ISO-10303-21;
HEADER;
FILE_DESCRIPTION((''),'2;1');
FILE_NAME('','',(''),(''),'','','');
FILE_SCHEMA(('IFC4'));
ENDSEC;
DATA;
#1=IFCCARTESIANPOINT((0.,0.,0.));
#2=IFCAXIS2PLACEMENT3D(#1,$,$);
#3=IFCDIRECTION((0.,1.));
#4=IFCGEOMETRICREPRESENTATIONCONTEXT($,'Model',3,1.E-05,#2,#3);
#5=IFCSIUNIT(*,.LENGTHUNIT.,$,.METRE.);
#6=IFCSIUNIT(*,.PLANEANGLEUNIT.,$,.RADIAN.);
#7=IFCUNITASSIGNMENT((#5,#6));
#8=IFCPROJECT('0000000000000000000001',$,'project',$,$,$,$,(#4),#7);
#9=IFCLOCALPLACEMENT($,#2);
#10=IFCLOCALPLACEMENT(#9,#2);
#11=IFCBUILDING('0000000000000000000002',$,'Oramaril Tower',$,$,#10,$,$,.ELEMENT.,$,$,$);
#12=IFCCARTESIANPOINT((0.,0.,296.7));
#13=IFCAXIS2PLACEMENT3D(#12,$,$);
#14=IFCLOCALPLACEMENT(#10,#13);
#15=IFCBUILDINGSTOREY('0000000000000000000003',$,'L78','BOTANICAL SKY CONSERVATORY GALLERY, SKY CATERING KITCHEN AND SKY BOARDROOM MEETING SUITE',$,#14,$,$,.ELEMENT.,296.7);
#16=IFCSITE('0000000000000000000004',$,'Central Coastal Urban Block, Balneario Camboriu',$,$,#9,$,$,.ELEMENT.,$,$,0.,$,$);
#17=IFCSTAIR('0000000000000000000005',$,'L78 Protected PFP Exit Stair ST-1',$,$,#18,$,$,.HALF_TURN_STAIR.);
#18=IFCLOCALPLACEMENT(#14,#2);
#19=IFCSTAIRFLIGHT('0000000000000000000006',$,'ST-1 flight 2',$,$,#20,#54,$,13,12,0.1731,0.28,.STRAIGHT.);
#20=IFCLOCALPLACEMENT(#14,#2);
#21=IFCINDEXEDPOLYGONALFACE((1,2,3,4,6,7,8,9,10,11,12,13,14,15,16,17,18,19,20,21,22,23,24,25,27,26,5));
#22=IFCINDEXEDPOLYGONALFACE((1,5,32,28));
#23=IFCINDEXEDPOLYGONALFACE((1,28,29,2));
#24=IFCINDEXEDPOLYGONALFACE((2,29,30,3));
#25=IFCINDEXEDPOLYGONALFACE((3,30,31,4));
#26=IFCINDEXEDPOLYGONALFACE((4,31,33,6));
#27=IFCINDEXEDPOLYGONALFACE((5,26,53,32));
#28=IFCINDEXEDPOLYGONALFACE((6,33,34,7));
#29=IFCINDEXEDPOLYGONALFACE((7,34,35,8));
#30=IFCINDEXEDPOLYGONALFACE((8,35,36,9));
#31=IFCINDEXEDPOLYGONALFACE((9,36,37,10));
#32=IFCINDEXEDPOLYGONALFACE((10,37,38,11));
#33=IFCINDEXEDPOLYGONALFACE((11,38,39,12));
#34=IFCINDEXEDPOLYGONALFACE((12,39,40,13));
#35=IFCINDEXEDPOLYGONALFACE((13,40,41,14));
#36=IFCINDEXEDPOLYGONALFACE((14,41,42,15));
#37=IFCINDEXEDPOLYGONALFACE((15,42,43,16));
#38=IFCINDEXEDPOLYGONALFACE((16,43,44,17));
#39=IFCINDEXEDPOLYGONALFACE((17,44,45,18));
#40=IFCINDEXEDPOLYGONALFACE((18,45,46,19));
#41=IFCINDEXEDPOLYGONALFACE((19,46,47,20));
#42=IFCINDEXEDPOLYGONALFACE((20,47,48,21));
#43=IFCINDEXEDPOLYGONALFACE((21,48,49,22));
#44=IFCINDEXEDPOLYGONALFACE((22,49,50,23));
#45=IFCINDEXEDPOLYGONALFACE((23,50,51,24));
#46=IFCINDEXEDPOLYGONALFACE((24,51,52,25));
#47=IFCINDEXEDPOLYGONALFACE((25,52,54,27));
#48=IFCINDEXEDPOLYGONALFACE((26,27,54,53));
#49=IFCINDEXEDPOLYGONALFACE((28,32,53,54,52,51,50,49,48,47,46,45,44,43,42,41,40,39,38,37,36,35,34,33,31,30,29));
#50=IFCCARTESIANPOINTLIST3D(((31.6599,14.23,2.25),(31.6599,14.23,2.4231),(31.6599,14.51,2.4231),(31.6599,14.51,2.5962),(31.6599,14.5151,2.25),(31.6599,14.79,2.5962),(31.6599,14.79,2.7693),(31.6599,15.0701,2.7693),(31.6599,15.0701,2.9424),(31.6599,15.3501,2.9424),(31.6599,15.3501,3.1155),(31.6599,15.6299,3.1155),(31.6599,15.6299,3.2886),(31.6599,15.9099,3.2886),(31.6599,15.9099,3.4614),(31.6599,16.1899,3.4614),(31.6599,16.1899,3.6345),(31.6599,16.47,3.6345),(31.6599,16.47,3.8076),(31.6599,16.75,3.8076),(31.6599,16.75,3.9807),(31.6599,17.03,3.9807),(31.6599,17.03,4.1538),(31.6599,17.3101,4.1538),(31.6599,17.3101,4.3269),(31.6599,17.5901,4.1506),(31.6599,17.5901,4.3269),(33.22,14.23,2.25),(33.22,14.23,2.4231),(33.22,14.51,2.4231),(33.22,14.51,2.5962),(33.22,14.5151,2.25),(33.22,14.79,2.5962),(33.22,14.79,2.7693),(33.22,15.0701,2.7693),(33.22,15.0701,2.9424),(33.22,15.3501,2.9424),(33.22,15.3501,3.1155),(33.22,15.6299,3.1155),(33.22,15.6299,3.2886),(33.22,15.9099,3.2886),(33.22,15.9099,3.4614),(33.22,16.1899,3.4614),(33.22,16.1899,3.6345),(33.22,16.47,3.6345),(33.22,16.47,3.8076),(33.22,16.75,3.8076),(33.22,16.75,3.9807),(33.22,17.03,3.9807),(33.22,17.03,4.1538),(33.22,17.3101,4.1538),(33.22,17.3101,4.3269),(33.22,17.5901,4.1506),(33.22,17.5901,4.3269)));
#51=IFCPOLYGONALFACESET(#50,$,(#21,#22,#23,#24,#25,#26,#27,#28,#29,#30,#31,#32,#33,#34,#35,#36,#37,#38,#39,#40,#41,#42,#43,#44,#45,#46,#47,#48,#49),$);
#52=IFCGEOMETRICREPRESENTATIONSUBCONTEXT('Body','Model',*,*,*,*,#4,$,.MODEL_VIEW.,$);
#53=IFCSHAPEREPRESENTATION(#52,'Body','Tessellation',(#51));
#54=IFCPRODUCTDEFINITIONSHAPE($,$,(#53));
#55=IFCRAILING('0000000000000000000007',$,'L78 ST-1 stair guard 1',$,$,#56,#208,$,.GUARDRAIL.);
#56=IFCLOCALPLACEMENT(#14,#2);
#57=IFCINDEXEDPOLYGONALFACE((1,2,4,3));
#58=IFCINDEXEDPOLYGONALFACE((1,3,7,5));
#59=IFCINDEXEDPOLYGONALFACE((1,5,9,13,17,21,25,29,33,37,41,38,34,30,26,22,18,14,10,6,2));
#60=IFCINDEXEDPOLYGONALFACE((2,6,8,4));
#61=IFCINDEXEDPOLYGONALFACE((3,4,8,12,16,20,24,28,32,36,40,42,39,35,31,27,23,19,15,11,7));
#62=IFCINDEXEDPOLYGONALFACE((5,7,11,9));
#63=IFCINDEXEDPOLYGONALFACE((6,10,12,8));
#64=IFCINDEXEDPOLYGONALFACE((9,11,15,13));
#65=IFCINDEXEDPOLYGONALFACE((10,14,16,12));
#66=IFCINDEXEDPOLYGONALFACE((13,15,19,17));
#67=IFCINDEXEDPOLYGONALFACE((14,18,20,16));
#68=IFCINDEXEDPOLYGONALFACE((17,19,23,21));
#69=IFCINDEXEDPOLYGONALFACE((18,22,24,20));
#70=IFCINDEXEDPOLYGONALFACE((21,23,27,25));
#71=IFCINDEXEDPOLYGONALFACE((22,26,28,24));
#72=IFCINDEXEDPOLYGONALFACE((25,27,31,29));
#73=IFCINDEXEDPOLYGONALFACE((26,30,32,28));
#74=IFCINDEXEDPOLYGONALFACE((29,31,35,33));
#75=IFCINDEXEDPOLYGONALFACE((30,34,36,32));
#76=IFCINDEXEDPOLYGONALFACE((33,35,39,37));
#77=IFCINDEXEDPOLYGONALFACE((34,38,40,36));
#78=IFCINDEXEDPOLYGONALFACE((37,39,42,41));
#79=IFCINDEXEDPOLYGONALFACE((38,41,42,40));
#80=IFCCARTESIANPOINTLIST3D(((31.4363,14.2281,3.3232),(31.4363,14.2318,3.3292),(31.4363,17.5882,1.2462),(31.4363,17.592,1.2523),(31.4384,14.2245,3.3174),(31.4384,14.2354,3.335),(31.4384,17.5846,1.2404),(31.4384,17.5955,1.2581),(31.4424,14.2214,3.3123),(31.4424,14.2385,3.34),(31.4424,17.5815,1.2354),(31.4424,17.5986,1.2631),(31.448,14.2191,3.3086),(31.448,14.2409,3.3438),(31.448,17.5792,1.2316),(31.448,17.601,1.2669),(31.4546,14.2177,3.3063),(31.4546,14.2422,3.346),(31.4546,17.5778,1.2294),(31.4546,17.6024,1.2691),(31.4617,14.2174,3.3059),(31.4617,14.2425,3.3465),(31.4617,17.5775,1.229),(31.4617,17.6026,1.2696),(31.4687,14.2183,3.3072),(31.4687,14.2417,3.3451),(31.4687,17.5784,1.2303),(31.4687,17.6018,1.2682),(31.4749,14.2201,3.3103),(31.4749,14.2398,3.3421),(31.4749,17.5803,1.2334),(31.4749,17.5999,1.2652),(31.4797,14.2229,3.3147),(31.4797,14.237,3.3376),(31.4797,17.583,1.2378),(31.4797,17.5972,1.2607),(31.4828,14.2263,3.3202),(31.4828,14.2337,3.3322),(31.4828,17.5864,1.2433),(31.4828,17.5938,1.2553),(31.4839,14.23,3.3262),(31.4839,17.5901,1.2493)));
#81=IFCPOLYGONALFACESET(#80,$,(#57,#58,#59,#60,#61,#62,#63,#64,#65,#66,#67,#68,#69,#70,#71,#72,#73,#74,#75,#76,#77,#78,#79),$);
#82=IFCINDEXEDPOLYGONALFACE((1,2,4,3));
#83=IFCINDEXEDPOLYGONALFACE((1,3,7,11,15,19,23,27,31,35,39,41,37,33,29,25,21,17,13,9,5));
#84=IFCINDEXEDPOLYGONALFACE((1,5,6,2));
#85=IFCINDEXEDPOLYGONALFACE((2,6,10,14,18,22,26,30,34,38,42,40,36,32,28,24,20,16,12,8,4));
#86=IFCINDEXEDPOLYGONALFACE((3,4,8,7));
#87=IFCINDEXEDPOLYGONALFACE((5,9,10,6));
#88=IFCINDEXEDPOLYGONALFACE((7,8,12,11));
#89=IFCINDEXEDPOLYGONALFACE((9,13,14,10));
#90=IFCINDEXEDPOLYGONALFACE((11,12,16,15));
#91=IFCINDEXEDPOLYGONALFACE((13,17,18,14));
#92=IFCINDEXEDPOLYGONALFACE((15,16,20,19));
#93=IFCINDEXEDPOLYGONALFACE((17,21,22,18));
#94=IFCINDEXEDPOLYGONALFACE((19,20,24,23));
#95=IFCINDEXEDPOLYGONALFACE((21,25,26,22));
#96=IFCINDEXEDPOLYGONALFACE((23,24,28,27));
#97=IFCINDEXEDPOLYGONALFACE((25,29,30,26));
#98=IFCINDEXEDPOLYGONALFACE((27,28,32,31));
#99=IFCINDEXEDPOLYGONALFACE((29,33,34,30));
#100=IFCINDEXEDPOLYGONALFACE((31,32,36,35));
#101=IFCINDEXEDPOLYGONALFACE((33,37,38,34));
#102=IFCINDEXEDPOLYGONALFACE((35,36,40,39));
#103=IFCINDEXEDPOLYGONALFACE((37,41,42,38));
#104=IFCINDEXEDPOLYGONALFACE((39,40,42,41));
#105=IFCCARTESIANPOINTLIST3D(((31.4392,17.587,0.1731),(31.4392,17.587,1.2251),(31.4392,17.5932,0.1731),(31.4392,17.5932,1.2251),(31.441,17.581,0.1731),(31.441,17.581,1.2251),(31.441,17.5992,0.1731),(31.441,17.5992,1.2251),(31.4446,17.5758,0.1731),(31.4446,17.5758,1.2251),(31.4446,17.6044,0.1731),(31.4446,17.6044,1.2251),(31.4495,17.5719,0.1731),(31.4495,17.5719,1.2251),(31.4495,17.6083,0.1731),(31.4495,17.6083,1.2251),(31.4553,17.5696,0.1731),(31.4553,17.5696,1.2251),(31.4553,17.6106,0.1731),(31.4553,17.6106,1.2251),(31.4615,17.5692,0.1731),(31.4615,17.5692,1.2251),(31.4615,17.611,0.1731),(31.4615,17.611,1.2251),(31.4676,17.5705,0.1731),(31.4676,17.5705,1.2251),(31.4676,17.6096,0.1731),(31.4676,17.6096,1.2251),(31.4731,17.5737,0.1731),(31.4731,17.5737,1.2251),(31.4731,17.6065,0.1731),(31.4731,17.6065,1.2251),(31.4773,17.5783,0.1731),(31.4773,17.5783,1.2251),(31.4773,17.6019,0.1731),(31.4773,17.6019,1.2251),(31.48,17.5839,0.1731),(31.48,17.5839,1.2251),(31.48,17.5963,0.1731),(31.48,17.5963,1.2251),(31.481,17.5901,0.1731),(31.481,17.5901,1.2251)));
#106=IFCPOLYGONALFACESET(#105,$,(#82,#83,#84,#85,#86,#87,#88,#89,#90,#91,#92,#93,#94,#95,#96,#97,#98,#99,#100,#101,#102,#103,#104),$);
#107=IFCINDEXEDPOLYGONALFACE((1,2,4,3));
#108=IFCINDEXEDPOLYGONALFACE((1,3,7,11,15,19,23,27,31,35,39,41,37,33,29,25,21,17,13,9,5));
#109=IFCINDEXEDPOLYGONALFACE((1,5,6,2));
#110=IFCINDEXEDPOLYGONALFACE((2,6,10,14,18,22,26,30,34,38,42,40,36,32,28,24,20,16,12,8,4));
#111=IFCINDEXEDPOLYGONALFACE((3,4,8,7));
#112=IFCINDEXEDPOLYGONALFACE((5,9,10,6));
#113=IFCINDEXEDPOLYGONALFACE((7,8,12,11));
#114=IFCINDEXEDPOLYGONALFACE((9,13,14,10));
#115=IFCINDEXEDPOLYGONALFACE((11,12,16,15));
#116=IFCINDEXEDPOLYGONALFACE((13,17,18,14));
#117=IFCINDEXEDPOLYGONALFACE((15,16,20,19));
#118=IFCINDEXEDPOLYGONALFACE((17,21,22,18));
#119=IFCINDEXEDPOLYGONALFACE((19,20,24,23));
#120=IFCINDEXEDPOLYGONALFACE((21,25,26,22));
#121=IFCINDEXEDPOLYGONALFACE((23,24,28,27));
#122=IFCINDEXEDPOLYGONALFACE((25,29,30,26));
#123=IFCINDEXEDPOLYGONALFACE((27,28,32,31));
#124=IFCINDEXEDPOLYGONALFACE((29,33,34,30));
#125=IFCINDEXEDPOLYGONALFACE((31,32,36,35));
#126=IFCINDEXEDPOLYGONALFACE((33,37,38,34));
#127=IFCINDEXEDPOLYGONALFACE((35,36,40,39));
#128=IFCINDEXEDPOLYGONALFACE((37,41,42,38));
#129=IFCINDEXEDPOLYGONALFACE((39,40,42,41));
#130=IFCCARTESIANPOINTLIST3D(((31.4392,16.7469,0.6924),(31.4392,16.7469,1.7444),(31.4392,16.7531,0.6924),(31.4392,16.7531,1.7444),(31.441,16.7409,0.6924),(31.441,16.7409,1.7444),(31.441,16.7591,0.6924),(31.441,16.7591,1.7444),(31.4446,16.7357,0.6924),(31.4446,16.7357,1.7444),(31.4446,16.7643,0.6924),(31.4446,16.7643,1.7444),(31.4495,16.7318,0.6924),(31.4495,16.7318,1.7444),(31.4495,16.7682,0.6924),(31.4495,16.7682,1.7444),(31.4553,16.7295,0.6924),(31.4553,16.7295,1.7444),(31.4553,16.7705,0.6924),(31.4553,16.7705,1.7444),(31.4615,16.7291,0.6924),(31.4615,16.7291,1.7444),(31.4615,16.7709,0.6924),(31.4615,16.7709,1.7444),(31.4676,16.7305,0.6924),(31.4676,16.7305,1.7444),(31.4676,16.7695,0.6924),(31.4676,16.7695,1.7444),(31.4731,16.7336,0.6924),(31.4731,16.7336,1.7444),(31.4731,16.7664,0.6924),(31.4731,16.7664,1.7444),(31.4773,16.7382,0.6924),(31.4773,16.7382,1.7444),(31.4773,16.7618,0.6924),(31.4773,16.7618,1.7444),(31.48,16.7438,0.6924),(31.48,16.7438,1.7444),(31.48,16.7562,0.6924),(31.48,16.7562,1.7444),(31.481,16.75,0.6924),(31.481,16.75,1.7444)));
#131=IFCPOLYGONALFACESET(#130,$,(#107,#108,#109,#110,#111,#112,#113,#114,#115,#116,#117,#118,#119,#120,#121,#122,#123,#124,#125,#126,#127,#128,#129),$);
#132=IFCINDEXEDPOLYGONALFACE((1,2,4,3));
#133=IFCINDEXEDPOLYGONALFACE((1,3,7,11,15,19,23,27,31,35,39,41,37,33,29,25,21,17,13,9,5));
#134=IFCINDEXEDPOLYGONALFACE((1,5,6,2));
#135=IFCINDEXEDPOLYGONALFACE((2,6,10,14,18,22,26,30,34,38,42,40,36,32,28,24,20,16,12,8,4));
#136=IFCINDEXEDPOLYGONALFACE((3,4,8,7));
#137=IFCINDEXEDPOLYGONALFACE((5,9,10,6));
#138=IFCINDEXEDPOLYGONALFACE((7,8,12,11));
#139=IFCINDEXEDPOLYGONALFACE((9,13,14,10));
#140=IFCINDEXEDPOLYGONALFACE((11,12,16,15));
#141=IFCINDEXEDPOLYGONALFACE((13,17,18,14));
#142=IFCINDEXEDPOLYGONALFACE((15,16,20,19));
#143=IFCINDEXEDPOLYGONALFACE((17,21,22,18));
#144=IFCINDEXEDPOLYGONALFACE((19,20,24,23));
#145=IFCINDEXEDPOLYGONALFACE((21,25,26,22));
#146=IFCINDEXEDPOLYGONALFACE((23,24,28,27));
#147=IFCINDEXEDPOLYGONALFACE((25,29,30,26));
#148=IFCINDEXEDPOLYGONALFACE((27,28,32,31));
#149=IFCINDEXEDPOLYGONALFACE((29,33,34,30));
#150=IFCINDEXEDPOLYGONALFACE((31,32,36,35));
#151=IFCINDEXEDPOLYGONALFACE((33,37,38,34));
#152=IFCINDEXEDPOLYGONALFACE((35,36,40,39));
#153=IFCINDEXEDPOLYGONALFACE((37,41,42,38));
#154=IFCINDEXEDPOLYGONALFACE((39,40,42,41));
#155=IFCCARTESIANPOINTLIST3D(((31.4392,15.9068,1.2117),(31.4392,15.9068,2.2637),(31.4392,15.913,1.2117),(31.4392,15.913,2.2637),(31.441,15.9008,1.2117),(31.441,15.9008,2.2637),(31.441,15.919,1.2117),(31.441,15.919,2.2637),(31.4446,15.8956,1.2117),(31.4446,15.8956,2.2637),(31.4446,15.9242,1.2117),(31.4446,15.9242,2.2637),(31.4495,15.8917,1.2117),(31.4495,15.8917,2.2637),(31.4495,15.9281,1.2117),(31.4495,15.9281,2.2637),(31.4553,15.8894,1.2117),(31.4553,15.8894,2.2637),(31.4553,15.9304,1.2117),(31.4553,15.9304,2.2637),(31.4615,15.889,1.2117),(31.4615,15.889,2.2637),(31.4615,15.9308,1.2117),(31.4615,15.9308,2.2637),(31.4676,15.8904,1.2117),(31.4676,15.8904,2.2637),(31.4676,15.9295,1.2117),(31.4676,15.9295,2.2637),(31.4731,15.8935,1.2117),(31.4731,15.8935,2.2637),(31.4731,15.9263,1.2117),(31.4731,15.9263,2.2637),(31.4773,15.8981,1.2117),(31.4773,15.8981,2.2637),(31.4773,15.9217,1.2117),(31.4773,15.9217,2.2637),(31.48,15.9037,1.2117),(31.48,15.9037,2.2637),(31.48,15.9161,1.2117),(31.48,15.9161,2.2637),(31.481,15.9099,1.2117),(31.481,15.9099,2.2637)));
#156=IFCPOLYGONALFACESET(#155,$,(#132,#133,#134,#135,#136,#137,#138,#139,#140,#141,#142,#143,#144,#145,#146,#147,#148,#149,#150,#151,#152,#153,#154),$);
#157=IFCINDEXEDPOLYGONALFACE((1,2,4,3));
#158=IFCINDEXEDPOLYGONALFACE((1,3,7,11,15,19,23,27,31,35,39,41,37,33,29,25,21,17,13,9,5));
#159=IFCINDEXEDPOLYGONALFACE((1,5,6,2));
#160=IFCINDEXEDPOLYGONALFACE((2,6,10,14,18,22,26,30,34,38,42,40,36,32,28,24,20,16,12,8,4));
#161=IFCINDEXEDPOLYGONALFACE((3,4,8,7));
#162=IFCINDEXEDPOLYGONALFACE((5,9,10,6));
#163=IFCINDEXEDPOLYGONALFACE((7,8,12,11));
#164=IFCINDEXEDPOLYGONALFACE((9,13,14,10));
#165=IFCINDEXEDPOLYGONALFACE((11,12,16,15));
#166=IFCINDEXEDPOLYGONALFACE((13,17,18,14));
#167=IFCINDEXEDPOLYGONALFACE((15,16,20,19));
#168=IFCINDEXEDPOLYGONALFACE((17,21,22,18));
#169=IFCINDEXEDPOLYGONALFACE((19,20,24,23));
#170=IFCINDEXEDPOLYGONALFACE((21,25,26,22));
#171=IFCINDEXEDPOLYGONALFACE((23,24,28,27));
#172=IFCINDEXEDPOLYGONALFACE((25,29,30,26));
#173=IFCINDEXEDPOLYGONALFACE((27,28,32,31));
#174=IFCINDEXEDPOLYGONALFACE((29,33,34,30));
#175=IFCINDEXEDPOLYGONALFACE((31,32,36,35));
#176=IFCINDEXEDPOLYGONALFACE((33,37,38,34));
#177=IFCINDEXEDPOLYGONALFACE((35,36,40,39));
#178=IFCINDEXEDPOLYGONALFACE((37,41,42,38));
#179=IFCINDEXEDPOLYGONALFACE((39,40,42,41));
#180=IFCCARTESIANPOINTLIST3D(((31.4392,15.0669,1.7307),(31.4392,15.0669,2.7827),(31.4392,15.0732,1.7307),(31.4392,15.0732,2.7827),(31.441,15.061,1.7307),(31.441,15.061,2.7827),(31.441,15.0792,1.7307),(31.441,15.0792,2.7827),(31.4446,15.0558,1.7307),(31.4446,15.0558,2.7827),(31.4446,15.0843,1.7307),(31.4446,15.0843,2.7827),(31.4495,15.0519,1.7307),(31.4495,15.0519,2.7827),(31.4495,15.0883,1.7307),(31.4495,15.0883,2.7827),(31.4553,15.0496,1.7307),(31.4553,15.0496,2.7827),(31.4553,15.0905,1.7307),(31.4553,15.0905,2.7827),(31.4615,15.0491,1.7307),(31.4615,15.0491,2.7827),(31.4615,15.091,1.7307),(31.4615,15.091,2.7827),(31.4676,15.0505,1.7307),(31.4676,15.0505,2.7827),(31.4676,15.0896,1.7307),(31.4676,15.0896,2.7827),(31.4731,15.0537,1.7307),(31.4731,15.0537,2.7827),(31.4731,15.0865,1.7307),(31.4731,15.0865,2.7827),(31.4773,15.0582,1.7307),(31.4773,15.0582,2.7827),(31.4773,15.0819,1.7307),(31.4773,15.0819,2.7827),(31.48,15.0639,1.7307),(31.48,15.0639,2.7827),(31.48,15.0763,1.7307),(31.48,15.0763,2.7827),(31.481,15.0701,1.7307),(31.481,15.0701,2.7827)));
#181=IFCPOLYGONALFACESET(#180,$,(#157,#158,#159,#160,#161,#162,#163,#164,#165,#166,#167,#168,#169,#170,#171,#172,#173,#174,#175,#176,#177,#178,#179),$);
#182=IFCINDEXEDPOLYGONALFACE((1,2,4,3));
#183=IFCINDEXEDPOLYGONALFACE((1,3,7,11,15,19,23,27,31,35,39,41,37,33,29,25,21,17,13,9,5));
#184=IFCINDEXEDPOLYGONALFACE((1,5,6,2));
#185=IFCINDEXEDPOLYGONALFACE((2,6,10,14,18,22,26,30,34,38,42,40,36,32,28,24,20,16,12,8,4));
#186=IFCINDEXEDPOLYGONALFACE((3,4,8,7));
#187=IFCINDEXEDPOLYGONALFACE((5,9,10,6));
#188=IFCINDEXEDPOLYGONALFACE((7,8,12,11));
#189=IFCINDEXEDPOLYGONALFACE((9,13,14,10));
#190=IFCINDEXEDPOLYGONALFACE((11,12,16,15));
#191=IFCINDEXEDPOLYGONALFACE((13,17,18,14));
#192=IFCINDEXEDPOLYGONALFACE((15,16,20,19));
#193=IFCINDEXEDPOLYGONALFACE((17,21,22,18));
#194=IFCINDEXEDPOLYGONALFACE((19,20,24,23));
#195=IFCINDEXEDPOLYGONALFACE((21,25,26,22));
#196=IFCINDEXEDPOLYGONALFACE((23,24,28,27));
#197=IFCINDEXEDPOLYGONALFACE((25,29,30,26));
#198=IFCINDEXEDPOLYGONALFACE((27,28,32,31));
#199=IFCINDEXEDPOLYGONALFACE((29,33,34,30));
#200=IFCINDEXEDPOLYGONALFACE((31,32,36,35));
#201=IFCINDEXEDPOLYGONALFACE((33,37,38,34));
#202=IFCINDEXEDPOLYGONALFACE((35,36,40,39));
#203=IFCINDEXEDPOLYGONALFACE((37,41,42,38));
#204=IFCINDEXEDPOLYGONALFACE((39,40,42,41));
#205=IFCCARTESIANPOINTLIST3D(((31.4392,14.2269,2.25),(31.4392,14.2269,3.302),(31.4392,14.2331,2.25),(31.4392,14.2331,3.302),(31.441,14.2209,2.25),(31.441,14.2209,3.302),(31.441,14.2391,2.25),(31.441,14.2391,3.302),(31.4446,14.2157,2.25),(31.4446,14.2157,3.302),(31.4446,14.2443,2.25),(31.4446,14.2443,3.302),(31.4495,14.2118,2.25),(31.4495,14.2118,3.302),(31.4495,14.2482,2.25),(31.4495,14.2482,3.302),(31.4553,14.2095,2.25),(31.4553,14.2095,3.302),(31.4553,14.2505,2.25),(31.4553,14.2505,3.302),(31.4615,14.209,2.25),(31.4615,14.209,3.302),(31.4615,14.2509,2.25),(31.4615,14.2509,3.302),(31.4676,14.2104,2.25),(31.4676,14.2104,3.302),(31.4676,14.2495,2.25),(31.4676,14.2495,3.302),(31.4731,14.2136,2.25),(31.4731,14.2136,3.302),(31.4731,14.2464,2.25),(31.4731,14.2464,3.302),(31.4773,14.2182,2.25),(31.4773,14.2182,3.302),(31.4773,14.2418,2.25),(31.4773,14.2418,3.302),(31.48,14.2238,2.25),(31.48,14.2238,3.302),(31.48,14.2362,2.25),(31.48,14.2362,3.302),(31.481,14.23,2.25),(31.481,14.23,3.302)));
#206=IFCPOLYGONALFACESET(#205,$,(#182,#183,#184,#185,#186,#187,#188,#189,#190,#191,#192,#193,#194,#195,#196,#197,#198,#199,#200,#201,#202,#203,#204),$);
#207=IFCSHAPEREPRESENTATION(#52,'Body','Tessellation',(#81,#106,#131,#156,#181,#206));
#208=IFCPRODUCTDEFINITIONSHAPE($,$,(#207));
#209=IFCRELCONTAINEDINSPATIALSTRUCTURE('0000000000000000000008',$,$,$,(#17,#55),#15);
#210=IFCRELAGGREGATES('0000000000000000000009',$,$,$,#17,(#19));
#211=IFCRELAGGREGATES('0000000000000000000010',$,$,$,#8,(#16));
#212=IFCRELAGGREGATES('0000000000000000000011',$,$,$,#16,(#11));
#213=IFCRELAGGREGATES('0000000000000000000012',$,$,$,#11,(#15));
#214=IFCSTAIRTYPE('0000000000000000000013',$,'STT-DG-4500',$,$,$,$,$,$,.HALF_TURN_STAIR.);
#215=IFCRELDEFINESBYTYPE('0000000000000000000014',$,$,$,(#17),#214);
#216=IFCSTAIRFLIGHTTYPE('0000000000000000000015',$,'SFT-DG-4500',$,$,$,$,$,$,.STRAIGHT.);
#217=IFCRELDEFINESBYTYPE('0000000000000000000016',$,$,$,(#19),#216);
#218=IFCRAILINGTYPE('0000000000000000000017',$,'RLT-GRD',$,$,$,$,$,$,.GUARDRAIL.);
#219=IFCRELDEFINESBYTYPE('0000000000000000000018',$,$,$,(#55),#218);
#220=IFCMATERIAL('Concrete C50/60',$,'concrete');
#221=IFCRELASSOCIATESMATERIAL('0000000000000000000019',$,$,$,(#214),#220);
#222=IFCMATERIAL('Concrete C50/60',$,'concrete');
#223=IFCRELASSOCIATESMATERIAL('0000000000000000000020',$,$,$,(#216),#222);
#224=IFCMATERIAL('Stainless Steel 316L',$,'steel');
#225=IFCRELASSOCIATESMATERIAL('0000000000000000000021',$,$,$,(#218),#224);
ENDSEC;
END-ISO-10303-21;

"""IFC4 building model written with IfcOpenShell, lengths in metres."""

from ifc_helpers import new_model, si_unit, direction, frame, origin, origin_2d, place, context, subcontext, project, spatial, polyline, circle, outline, extrude, material, type_object, element, aggregate, save


model = new_model("IFC4")

# Units and contexts
model_context = context("Model", 3, precision=1e-05, world=origin(), true_north=direction((0.0, 1.0)))
body_context = subcontext(model_context, "Body", "Model", "MODEL_VIEW")
ifc_project = project(units=[si_unit("LENGTHUNIT", "METRE"), si_unit("PLANEANGLEUNIT", "RADIAN")], contexts=[model_context])

# Site, building, storey
site_placement = place(None, origin())
site = spatial("IfcSite", under=ifc_project, at=site_placement, Name="Central Coastal Urban Block, Balneario Camboriu", CompositionType="ELEMENT", RefElevation=0.0)
building_placement = place(site_placement, origin())
building = spatial("IfcBuilding", under=site, at=building_placement, Name="Oramaril Tower", CompositionType="ELEMENT")
storey_placement = place(building_placement, frame((0.0, 0.0, 296.7)))
storey = spatial("IfcBuildingStorey", under=building, at=storey_placement, Name="L78", Description="BOTANICAL SKY CONSERVATORY GALLERY, SKY CATERING KITCHEN AND SKY BOARDROOM MEETING SUITE", CompositionType="ELEMENT", Elevation=296.7)

# Stair, stair flight
ifc_material_1 = material(Name="Concrete C50/60", Category="concrete")
stair_type = type_object("IfcStairType", Name="STT-DG-4500", PredefinedType="HALF_TURN_STAIR", material=ifc_material_1)
stair_placement = place(storey_placement, origin())
stair = element("IfcStair", 1, at=stair_placement, inside=storey, type_object=stair_type, Name="L78 Protected PFP Exit Stair ST-1", PredefinedType="HALF_TURN_STAIR")
ifc_material_2 = material(Name="Concrete C50/60", Category="concrete")
stair_flight_type = type_object("IfcStairFlightType", Name="SFT-DG-4500", PredefinedType="STRAIGHT", material=ifc_material_2)
stair_flight_1_placement = place(storey_placement, frame((32.4399, 14.23, 2.25), z_axis=(0.0, 0.0, 1.0), x_axis=(0.0, 1.0, 0.0)))
stair_flight_1 = element("IfcStairFlight", 2, at=stair_flight_1_placement, type_object=stair_flight_type, Name="ST-1 flight 2", NumberOfRisers=13, NumberOfTreads=12, PredefinedType="STRAIGHT", RiserHeight=0.1731, TreadLength=0.28, context=body_context, shape_type="SweptSolid", body=[
    extrude(outline(polyline([(0.0, 0.0), (0.0, 0.1731), (0.28, 0.1731), (0.28, 0.3462), (0.5601, 0.3462), (0.5601, 0.5193), (0.8401, 0.5193), (0.8401, 0.6924), (1.1201, 0.6924), (1.1201, 0.8655), (1.3999, 0.8655), (1.3999, 1.0386), (1.6799, 1.0386), (1.6799, 1.2114), (1.96, 1.2114), (1.96, 1.3845), (2.24, 1.3845), (2.24, 1.5576), (2.52, 1.5576), (2.52, 1.7307), (2.8, 1.7307), (2.8, 1.9038), (3.0801, 1.9038), (3.0801, 2.0769), (3.3601, 2.0769), (3.3601, 2.25), (3.3601, 1.9006), (0.2852, 0.0), (0.0, 0.0)])), frame((0.0, 0.78, 0.0), z_axis=(0.0, -1.0, 0.0), x_axis=(1.0, 0.0, 0.0)), (0.0, 0.0, 1.0), 1.5601),
])
aggregate(stair, [stair_flight_1])

# Railing
ifc_material_3 = material(Name="Stainless Steel 316L", Category="steel")
railing_type_1 = type_object("IfcRailingType", Name="RLT-GRD", PredefinedType="GUARDRAIL", material=ifc_material_3)
railing_1_placement = place(storey_placement, frame((31.46, 17.5901, 0.1731)))
element("IfcRailing", 3, at=railing_1_placement, inside=storey, type_object=railing_type_1, Name="L78 ST-1 stair guard 1", PredefinedType="GUARDRAIL", context=body_context, shape_type="SweptSolid", body=[
    extrude(circle(Radius=0.0239, at=origin_2d()), frame((0.0, 0.0, 1.0762), z_axis=(0.0, -0.850623, 0.525776), x_axis=(1.0, 0.0, 0.0)), (0.0, 0.0, 1.0), 3.9502),
    extrude(circle(Radius=0.021, at=origin_2d()), origin(), (0.0, 0.0, 1.0), 1.052),
    extrude(circle(Radius=0.021, at=origin_2d()), frame((0.0, -0.8401, 0.5193)), (0.0, 0.0, 1.0), 1.052),
    extrude(circle(Radius=0.021, at=origin_2d()), frame((0.0, -1.6802, 1.0386)), (0.0, 0.0, 1.0), 1.052),
    extrude(circle(Radius=0.021, at=origin_2d()), frame((0.0, -2.52, 1.5576)), (0.0, 0.0, 1.0), 1.052),
    extrude(circle(Radius=0.021, at=origin_2d()), frame((0.0, -3.3601, 2.0769)), (0.0, 0.0, 1.0), 1.052),
])

save(model, "model.ifc")
